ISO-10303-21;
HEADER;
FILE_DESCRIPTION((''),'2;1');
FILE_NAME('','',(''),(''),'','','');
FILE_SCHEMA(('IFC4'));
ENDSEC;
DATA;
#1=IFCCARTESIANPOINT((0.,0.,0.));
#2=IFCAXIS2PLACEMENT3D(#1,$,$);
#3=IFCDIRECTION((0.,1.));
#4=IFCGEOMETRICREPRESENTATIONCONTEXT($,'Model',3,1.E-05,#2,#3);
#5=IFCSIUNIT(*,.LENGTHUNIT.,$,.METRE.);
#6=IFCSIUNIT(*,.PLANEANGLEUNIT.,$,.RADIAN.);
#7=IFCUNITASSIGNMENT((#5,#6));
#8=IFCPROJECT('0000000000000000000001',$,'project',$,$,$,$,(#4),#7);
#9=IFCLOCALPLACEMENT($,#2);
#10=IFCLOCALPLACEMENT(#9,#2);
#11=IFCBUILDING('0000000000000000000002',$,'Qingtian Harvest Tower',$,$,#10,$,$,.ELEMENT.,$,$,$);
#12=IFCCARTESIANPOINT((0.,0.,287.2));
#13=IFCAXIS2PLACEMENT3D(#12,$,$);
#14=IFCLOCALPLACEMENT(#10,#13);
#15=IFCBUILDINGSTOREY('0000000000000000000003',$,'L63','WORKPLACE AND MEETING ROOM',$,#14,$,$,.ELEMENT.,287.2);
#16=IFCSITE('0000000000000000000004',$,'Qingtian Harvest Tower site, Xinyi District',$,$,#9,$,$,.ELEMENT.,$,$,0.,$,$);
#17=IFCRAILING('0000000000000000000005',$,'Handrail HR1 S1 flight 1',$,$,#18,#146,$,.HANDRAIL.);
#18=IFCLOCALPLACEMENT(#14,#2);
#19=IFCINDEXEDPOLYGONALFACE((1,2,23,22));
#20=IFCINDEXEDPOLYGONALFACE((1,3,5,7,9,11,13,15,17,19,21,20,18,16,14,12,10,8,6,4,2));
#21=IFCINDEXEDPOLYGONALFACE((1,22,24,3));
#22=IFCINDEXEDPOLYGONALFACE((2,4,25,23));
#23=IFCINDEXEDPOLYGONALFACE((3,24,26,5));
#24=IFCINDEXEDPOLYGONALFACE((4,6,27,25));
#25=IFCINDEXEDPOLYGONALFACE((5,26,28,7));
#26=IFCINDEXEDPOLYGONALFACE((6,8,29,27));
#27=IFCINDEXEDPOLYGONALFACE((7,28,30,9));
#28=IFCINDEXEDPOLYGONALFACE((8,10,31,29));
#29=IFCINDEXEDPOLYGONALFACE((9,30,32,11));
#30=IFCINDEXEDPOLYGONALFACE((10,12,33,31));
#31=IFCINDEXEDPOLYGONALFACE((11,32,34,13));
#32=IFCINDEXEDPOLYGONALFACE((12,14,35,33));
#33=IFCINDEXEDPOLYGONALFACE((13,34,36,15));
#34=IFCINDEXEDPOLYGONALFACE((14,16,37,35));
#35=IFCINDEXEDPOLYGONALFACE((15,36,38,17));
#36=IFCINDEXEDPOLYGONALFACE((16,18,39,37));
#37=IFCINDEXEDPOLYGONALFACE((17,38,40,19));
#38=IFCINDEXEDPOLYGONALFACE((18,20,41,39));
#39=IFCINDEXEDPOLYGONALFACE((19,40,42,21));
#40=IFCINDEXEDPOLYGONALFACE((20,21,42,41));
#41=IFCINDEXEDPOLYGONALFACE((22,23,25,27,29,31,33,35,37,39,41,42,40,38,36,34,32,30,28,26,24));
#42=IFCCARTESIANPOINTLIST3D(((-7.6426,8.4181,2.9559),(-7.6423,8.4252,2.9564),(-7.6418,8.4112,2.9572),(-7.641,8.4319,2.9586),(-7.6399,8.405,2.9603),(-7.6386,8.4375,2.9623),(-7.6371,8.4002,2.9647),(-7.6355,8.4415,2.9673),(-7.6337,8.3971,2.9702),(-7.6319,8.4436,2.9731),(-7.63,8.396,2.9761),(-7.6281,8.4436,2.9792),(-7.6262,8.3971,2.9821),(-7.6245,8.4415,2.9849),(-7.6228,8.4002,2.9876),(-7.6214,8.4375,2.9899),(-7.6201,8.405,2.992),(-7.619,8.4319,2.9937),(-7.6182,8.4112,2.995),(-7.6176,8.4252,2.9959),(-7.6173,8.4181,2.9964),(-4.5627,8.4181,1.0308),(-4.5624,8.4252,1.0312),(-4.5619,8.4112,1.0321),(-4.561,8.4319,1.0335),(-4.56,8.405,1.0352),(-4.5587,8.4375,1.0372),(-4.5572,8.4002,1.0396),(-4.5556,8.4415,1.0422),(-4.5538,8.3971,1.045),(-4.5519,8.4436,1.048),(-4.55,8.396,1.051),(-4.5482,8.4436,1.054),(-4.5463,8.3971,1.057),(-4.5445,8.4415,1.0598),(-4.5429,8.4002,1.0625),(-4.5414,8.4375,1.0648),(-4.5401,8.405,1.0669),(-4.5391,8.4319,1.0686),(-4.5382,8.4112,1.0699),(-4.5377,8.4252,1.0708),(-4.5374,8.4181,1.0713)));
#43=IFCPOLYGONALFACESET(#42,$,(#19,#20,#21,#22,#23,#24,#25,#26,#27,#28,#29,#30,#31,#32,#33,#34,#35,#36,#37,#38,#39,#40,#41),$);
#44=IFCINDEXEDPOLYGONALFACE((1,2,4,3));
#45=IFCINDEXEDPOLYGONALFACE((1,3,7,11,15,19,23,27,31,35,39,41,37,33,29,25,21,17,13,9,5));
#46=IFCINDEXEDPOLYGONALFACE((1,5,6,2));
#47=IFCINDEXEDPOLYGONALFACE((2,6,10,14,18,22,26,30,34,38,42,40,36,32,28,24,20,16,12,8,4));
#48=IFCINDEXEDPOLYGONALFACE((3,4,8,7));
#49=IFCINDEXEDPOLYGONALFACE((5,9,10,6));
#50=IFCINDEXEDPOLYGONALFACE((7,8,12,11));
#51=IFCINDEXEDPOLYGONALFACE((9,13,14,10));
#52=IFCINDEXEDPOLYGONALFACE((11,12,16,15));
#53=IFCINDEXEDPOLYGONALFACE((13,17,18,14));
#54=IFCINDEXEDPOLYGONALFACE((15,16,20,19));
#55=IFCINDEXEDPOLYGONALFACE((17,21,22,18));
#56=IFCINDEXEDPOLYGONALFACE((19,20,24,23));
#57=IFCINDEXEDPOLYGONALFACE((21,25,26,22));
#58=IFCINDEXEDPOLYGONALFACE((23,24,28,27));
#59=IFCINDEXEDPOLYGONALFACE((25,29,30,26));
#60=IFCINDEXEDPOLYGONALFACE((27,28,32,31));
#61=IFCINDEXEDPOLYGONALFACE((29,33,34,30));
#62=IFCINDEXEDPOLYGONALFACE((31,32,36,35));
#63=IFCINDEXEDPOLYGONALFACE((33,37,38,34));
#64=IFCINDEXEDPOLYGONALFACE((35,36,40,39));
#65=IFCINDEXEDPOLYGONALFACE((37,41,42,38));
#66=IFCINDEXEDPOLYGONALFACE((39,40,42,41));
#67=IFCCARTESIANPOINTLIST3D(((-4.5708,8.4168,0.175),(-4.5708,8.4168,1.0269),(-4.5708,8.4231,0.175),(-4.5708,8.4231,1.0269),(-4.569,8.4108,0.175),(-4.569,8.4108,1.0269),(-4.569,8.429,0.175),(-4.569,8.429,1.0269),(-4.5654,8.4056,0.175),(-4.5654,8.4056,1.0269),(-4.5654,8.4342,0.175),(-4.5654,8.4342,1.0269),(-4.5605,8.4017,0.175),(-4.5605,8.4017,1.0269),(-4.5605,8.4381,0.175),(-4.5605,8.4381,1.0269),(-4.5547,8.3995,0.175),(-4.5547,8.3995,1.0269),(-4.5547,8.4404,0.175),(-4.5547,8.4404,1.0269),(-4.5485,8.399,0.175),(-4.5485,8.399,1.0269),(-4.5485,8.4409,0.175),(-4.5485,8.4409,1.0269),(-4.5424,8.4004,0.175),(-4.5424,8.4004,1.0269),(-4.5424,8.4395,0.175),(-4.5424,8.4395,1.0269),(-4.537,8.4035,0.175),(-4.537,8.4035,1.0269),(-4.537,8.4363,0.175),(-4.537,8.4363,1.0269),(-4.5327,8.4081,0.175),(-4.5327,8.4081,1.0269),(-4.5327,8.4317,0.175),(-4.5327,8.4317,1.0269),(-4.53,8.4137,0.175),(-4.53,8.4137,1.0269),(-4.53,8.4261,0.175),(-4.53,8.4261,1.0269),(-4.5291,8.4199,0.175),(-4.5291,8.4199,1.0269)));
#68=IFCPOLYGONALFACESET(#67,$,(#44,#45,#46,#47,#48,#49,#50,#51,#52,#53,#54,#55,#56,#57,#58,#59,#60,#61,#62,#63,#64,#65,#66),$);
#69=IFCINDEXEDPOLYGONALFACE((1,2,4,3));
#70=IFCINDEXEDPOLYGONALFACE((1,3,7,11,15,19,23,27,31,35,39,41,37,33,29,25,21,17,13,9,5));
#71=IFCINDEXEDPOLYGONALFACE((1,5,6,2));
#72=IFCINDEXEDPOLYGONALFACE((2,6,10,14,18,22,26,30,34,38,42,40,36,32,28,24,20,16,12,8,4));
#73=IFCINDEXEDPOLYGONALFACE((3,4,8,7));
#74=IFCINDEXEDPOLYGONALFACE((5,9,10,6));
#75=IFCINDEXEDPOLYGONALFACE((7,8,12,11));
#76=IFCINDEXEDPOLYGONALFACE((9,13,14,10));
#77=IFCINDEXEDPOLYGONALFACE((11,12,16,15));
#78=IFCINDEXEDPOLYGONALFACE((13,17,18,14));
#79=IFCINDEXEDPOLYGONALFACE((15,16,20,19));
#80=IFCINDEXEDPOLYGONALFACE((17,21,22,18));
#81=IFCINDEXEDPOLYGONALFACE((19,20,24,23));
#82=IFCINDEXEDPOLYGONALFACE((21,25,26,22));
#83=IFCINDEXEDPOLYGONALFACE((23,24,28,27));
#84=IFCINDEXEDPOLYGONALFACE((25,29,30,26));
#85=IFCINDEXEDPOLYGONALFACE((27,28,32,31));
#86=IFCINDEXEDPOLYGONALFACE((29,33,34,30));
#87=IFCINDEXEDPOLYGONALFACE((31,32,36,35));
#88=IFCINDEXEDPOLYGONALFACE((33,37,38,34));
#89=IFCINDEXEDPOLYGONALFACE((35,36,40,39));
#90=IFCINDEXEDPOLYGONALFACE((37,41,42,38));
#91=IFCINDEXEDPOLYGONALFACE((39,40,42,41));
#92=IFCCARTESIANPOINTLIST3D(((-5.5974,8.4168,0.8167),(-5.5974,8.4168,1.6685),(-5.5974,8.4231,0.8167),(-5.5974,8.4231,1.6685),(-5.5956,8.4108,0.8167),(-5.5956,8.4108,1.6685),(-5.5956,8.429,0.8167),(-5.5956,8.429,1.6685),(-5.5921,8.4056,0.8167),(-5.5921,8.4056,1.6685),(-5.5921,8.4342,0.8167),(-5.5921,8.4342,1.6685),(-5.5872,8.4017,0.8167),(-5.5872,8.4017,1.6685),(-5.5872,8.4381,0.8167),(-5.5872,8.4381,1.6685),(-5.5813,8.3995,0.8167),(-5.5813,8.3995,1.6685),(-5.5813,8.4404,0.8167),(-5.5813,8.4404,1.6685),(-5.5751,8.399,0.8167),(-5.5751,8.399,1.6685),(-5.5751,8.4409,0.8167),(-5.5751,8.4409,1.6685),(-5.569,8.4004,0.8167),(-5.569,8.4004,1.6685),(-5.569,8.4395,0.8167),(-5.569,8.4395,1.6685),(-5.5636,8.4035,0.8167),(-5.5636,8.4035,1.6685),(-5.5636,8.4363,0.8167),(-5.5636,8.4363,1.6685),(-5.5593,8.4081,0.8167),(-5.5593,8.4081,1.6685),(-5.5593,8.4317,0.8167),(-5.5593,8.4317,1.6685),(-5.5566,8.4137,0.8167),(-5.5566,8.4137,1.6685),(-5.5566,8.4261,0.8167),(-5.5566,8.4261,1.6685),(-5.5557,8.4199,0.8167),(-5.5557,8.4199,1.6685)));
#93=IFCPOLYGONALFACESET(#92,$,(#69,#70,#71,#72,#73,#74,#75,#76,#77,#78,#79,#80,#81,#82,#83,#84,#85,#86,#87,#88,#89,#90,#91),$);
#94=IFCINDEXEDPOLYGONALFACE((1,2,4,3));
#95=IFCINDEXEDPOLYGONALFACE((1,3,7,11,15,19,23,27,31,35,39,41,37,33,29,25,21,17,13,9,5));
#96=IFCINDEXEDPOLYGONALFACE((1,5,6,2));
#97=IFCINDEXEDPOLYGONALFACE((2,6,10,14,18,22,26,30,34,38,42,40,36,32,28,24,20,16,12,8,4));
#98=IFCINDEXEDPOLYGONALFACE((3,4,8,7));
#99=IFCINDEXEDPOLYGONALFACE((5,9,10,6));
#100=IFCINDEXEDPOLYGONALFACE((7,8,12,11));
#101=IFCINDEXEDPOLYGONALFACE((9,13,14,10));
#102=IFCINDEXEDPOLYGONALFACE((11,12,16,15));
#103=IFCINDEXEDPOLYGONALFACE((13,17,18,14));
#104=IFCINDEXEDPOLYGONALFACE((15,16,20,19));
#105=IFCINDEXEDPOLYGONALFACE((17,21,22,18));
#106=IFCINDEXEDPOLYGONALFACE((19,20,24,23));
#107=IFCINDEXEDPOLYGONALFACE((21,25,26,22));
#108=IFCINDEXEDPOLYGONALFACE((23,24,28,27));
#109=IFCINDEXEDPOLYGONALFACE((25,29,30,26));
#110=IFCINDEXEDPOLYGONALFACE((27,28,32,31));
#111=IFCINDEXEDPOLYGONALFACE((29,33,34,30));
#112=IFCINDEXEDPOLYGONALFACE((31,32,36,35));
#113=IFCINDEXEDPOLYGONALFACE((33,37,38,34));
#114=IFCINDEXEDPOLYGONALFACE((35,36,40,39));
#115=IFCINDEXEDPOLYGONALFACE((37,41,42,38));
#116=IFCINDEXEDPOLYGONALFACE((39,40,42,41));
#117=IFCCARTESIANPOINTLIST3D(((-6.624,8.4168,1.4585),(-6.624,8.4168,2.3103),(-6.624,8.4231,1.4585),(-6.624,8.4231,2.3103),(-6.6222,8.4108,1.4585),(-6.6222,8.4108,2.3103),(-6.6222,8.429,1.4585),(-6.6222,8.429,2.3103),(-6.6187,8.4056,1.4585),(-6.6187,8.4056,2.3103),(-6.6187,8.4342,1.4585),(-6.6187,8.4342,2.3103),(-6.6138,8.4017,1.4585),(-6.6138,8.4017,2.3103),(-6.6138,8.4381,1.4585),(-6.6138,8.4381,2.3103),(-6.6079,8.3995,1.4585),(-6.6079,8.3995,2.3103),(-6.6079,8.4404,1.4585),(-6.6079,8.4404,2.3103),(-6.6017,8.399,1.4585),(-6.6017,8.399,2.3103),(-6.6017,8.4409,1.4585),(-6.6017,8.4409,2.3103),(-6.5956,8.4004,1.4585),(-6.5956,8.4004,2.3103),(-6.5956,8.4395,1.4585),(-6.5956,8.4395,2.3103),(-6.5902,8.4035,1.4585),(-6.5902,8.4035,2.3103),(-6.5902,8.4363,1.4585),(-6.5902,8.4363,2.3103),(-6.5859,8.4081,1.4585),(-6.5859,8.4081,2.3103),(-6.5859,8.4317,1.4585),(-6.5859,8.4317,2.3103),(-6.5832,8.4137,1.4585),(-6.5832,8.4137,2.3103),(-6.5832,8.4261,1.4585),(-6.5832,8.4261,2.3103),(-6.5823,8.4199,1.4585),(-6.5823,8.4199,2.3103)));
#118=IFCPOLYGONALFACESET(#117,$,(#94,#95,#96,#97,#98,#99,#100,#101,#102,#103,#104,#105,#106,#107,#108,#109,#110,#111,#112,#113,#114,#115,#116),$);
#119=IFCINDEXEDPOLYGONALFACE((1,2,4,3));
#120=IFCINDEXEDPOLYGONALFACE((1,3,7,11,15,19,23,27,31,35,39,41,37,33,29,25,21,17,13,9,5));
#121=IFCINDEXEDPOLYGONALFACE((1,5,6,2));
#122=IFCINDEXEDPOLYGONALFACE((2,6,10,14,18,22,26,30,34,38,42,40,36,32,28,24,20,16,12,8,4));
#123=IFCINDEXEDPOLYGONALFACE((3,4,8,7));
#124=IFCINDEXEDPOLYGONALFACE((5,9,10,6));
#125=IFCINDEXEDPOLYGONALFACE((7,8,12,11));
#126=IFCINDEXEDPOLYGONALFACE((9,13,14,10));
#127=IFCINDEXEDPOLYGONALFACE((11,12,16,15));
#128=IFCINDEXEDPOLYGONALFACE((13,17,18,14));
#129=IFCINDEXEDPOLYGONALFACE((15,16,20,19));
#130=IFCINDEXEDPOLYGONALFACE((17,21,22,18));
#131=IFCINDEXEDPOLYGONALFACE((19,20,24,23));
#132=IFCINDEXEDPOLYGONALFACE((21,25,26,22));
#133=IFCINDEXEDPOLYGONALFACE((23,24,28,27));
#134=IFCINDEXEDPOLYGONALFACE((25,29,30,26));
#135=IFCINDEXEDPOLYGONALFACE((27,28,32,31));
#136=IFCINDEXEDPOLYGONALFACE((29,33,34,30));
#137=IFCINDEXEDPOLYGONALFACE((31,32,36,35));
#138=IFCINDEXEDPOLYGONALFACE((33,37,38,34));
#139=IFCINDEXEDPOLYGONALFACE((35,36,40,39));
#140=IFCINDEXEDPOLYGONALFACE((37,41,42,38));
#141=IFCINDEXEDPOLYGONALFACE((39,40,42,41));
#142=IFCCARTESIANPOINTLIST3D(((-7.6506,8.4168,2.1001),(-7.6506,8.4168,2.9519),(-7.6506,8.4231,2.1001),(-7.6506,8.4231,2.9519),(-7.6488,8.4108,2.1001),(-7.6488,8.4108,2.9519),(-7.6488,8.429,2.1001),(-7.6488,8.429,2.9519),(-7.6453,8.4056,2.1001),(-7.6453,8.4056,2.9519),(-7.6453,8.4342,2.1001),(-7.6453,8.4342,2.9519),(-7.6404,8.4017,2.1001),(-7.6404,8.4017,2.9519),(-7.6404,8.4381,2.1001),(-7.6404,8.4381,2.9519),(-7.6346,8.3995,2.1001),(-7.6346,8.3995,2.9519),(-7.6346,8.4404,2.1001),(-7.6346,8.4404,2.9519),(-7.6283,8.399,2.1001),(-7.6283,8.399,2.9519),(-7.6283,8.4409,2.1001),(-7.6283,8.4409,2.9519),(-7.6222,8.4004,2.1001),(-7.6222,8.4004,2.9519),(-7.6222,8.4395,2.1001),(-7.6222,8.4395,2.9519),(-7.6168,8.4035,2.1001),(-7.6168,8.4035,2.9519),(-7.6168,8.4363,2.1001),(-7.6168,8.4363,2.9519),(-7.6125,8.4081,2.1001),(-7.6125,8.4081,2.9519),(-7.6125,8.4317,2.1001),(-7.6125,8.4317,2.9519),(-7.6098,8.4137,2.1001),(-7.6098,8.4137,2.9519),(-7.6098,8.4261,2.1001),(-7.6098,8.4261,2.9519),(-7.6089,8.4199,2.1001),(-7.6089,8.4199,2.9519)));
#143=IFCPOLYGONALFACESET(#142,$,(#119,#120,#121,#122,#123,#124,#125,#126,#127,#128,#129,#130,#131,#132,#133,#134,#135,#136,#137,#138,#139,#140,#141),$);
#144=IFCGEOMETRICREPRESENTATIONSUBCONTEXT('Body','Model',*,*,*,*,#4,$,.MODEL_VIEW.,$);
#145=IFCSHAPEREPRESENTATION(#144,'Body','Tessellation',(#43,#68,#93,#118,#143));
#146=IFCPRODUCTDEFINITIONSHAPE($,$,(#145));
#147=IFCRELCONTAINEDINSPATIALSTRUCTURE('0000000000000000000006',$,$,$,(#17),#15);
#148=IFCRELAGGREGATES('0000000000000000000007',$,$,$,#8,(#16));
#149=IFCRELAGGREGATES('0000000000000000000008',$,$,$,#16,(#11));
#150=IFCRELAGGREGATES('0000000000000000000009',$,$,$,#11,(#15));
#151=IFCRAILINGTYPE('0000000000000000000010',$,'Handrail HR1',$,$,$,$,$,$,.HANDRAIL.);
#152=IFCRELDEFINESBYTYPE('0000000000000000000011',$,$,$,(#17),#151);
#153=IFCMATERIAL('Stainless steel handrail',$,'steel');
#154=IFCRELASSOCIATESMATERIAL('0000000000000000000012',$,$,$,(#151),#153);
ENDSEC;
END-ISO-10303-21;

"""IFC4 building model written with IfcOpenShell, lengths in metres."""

from ifc_helpers import new_model, si_unit, direction, frame, origin, origin_2d, place, context, subcontext, project, spatial, circle, extrude, material, type_object, element, save


model = new_model("IFC4")

# Units and contexts
model_context = context("Model", 3, precision=1e-05, world=origin(), true_north=direction((0.0, 1.0)))
body_context = subcontext(model_context, "Body", "Model", "MODEL_VIEW")
ifc_project = project(units=[si_unit("LENGTHUNIT", "METRE"), si_unit("PLANEANGLEUNIT", "RADIAN")], contexts=[model_context])

# Site, building, storey
site_placement = place(None, origin())
site = spatial("IfcSite", under=ifc_project, at=site_placement, Name="Qingtian Harvest Tower site, Xinyi District", CompositionType="ELEMENT", RefElevation=0.0)
building_placement = place(site_placement, origin())
building = spatial("IfcBuilding", under=site, at=building_placement, Name="Qingtian Harvest Tower", CompositionType="ELEMENT")
storey_placement = place(building_placement, frame((0.0, 0.0, 287.2)))
storey = spatial("IfcBuildingStorey", under=building, at=storey_placement, Name="L63", Description="WORKPLACE AND MEETING ROOM", CompositionType="ELEMENT", Elevation=287.2)

# Railing
ifc_material_1 = material(Name="Stainless steel handrail", Category="steel")
railing_type = type_object("IfcRailingType", Name="Handrail HR1", PredefinedType="HANDRAIL", material=ifc_material_1)
railing_1_placement = place(storey_placement, frame((-4.55, 8.4199, 0.175)))
element("IfcRailing", 1, at=railing_1_placement, inside=storey, type_object=railing_type, Name="Handrail HR1 S1 flight 1", PredefinedType="HANDRAIL", context=body_context, shape_type="SweptSolid", body=[
    extrude(circle(Radius=0.0239, at=origin_2d()), frame((0.0, 0.0, 0.876), z_axis=(-0.847979, 0.0, 0.530029), x_axis=(0.0, -1.0, 0.0)), (0.0, 0.0, 1.0), 3.6321),
    extrude(circle(Radius=0.021, at=origin_2d()), origin(), (0.0, 0.0, 1.0), 0.8518),
    extrude(circle(Radius=0.021, at=origin_2d()), frame((-1.0266, 0.0, 0.6416)), (0.0, 0.0, 1.0), 0.8518),
    extrude(circle(Radius=0.021, at=origin_2d()), frame((-2.0532, 0.0, 1.2834)), (0.0, 0.0, 1.0), 0.8518),
    extrude(circle(Radius=0.021, at=origin_2d()), frame((-3.0798, 0.0, 1.925)), (0.0, 0.0, 1.0), 0.8518),
])

save(model, "model.ifc")
